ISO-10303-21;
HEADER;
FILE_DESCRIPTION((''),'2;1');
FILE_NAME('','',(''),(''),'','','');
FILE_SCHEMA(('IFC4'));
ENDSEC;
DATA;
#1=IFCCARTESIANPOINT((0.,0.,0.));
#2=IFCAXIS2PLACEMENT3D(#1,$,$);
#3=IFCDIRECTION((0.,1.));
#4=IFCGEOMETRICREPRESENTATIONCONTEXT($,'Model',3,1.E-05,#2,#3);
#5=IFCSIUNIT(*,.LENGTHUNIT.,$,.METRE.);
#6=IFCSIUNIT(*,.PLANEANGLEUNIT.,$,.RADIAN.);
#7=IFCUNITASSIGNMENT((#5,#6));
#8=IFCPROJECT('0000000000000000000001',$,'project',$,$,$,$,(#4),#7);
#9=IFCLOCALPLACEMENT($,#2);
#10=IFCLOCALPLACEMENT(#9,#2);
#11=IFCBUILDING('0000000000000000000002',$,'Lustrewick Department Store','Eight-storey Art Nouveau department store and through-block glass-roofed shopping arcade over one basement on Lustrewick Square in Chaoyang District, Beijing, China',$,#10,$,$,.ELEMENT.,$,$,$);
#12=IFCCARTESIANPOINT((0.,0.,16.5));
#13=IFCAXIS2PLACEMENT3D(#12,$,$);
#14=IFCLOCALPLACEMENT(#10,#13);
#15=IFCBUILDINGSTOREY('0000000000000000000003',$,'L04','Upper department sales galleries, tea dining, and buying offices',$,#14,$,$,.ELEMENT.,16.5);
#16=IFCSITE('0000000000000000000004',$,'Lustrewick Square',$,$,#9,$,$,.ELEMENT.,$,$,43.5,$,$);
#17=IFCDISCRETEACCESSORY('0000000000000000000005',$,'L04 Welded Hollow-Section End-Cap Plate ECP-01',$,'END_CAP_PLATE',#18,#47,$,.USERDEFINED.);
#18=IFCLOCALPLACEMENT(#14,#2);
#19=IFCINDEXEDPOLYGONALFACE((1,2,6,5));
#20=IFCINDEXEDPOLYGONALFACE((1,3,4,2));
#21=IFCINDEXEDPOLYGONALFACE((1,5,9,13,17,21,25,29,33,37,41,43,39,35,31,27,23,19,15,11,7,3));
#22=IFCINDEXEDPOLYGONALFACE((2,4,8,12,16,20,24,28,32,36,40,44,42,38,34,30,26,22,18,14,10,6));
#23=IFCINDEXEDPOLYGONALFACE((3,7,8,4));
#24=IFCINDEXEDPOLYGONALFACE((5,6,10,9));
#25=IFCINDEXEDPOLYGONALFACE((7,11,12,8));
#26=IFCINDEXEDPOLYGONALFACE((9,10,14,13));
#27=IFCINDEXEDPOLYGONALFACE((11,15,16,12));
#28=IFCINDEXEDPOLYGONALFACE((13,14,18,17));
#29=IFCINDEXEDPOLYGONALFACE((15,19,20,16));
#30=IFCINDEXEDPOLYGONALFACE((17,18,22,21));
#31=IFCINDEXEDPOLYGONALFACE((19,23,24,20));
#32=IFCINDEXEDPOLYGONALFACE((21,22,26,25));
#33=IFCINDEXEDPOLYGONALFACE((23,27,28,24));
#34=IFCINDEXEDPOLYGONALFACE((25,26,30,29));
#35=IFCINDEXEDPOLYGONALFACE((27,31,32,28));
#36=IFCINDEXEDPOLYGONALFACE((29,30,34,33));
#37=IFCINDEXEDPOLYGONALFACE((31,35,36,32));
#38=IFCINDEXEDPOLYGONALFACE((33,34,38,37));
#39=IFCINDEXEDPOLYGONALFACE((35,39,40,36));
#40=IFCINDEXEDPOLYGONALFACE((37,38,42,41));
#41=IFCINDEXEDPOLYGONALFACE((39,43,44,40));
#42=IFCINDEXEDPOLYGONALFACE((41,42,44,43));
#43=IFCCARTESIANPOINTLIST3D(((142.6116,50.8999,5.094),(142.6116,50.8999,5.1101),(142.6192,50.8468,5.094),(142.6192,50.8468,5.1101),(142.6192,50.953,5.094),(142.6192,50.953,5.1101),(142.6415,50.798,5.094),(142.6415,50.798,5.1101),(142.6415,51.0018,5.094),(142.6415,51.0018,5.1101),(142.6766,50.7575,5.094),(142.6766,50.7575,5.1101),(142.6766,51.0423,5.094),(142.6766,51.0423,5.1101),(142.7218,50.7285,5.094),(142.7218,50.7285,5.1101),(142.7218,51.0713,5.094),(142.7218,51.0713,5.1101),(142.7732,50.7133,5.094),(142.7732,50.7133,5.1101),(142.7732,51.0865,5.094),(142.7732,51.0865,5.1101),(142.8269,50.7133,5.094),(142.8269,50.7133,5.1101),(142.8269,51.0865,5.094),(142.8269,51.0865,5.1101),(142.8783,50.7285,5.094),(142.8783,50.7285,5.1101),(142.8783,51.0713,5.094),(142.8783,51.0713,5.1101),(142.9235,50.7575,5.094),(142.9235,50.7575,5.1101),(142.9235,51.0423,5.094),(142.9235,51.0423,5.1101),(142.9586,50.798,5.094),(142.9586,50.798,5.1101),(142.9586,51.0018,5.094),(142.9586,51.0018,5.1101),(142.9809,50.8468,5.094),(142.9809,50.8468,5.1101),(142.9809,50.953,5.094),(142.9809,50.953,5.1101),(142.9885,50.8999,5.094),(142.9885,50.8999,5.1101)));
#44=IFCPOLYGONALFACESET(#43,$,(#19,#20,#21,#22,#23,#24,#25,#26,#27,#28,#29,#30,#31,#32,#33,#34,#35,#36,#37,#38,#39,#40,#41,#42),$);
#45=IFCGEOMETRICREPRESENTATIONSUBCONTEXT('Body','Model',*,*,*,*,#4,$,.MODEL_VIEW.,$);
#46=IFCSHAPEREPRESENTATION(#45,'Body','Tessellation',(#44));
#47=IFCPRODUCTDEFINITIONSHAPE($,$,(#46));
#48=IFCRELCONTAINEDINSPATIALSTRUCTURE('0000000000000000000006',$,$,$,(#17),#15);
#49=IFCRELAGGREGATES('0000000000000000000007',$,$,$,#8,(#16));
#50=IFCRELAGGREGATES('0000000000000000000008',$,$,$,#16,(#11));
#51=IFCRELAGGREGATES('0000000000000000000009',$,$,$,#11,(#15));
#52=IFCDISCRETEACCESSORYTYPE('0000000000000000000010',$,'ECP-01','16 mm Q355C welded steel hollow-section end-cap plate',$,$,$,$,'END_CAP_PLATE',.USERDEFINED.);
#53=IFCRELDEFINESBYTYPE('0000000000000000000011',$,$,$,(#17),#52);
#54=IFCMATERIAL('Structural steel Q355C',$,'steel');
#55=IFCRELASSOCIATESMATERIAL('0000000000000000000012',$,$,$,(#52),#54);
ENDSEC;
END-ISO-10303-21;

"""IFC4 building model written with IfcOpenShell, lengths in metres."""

from ifc_helpers import new_model, si_unit, direction, frame, origin, origin_2d, place, context, subcontext, project, spatial, circle, extrude, material, type_object, element, save


model = new_model("IFC4")

# Units and contexts
model_context = context("Model", 3, precision=1e-05, world=origin(), true_north=direction((0.0, 1.0)))
body_context = subcontext(model_context, "Body", "Model", "MODEL_VIEW")
ifc_project = project(units=[si_unit("LENGTHUNIT", "METRE"), si_unit("PLANEANGLEUNIT", "RADIAN")], contexts=[model_context])

# Site, building, storey
site_placement = place(None, origin())
site = spatial("IfcSite", under=ifc_project, at=site_placement, Name="Lustrewick Square", CompositionType="ELEMENT", RefElevation=43.5)
building_placement = place(site_placement, origin())
building = spatial("IfcBuilding", under=site, at=building_placement, Name="Lustrewick Department Store", Description="Eight-storey Art Nouveau department store and through-block glass-roofed shopping arcade over one basement on Lustrewick Square in Chaoyang District, Beijing, China", CompositionType="ELEMENT")
storey_placement = place(building_placement, frame((0.0, 0.0, 16.5)))
storey = spatial("IfcBuildingStorey", under=building, at=storey_placement, Name="L04", Description="Upper department sales galleries, tea dining, and buying offices", CompositionType="ELEMENT", Elevation=16.5)

# Shared definitions
ifc_material_1 = material(Name="Structural steel Q355C", Category="steel")

# Discrete accessory
discrete_accessory_type = type_object("IfcDiscreteAccessoryType", Name="ECP-01", Description="16 mm Q355C welded steel hollow-section end-cap plate", ElementType="END_CAP_PLATE", PredefinedType="USERDEFINED", material=ifc_material_1)
discrete_accessory_1_placement = place(storey_placement, frame((142.8, 50.8999, 5.094), z_axis=(0.0, 0.0, 1.0), x_axis=(1.0, 0.0, 0.0)))
element("IfcDiscreteAccessory", 1, at=discrete_accessory_1_placement, inside=storey, type_object=discrete_accessory_type, Name="L04 Welded Hollow-Section End-Cap Plate ECP-01", ObjectType="END_CAP_PLATE", PredefinedType="USERDEFINED", context=body_context, shape_type="SweptSolid", body=[
    extrude(circle(Radius=0.1885, at=origin_2d()), origin(), (0.0, 0.0, 1.0), 0.0161),
])

save(model, "model.ifc")
